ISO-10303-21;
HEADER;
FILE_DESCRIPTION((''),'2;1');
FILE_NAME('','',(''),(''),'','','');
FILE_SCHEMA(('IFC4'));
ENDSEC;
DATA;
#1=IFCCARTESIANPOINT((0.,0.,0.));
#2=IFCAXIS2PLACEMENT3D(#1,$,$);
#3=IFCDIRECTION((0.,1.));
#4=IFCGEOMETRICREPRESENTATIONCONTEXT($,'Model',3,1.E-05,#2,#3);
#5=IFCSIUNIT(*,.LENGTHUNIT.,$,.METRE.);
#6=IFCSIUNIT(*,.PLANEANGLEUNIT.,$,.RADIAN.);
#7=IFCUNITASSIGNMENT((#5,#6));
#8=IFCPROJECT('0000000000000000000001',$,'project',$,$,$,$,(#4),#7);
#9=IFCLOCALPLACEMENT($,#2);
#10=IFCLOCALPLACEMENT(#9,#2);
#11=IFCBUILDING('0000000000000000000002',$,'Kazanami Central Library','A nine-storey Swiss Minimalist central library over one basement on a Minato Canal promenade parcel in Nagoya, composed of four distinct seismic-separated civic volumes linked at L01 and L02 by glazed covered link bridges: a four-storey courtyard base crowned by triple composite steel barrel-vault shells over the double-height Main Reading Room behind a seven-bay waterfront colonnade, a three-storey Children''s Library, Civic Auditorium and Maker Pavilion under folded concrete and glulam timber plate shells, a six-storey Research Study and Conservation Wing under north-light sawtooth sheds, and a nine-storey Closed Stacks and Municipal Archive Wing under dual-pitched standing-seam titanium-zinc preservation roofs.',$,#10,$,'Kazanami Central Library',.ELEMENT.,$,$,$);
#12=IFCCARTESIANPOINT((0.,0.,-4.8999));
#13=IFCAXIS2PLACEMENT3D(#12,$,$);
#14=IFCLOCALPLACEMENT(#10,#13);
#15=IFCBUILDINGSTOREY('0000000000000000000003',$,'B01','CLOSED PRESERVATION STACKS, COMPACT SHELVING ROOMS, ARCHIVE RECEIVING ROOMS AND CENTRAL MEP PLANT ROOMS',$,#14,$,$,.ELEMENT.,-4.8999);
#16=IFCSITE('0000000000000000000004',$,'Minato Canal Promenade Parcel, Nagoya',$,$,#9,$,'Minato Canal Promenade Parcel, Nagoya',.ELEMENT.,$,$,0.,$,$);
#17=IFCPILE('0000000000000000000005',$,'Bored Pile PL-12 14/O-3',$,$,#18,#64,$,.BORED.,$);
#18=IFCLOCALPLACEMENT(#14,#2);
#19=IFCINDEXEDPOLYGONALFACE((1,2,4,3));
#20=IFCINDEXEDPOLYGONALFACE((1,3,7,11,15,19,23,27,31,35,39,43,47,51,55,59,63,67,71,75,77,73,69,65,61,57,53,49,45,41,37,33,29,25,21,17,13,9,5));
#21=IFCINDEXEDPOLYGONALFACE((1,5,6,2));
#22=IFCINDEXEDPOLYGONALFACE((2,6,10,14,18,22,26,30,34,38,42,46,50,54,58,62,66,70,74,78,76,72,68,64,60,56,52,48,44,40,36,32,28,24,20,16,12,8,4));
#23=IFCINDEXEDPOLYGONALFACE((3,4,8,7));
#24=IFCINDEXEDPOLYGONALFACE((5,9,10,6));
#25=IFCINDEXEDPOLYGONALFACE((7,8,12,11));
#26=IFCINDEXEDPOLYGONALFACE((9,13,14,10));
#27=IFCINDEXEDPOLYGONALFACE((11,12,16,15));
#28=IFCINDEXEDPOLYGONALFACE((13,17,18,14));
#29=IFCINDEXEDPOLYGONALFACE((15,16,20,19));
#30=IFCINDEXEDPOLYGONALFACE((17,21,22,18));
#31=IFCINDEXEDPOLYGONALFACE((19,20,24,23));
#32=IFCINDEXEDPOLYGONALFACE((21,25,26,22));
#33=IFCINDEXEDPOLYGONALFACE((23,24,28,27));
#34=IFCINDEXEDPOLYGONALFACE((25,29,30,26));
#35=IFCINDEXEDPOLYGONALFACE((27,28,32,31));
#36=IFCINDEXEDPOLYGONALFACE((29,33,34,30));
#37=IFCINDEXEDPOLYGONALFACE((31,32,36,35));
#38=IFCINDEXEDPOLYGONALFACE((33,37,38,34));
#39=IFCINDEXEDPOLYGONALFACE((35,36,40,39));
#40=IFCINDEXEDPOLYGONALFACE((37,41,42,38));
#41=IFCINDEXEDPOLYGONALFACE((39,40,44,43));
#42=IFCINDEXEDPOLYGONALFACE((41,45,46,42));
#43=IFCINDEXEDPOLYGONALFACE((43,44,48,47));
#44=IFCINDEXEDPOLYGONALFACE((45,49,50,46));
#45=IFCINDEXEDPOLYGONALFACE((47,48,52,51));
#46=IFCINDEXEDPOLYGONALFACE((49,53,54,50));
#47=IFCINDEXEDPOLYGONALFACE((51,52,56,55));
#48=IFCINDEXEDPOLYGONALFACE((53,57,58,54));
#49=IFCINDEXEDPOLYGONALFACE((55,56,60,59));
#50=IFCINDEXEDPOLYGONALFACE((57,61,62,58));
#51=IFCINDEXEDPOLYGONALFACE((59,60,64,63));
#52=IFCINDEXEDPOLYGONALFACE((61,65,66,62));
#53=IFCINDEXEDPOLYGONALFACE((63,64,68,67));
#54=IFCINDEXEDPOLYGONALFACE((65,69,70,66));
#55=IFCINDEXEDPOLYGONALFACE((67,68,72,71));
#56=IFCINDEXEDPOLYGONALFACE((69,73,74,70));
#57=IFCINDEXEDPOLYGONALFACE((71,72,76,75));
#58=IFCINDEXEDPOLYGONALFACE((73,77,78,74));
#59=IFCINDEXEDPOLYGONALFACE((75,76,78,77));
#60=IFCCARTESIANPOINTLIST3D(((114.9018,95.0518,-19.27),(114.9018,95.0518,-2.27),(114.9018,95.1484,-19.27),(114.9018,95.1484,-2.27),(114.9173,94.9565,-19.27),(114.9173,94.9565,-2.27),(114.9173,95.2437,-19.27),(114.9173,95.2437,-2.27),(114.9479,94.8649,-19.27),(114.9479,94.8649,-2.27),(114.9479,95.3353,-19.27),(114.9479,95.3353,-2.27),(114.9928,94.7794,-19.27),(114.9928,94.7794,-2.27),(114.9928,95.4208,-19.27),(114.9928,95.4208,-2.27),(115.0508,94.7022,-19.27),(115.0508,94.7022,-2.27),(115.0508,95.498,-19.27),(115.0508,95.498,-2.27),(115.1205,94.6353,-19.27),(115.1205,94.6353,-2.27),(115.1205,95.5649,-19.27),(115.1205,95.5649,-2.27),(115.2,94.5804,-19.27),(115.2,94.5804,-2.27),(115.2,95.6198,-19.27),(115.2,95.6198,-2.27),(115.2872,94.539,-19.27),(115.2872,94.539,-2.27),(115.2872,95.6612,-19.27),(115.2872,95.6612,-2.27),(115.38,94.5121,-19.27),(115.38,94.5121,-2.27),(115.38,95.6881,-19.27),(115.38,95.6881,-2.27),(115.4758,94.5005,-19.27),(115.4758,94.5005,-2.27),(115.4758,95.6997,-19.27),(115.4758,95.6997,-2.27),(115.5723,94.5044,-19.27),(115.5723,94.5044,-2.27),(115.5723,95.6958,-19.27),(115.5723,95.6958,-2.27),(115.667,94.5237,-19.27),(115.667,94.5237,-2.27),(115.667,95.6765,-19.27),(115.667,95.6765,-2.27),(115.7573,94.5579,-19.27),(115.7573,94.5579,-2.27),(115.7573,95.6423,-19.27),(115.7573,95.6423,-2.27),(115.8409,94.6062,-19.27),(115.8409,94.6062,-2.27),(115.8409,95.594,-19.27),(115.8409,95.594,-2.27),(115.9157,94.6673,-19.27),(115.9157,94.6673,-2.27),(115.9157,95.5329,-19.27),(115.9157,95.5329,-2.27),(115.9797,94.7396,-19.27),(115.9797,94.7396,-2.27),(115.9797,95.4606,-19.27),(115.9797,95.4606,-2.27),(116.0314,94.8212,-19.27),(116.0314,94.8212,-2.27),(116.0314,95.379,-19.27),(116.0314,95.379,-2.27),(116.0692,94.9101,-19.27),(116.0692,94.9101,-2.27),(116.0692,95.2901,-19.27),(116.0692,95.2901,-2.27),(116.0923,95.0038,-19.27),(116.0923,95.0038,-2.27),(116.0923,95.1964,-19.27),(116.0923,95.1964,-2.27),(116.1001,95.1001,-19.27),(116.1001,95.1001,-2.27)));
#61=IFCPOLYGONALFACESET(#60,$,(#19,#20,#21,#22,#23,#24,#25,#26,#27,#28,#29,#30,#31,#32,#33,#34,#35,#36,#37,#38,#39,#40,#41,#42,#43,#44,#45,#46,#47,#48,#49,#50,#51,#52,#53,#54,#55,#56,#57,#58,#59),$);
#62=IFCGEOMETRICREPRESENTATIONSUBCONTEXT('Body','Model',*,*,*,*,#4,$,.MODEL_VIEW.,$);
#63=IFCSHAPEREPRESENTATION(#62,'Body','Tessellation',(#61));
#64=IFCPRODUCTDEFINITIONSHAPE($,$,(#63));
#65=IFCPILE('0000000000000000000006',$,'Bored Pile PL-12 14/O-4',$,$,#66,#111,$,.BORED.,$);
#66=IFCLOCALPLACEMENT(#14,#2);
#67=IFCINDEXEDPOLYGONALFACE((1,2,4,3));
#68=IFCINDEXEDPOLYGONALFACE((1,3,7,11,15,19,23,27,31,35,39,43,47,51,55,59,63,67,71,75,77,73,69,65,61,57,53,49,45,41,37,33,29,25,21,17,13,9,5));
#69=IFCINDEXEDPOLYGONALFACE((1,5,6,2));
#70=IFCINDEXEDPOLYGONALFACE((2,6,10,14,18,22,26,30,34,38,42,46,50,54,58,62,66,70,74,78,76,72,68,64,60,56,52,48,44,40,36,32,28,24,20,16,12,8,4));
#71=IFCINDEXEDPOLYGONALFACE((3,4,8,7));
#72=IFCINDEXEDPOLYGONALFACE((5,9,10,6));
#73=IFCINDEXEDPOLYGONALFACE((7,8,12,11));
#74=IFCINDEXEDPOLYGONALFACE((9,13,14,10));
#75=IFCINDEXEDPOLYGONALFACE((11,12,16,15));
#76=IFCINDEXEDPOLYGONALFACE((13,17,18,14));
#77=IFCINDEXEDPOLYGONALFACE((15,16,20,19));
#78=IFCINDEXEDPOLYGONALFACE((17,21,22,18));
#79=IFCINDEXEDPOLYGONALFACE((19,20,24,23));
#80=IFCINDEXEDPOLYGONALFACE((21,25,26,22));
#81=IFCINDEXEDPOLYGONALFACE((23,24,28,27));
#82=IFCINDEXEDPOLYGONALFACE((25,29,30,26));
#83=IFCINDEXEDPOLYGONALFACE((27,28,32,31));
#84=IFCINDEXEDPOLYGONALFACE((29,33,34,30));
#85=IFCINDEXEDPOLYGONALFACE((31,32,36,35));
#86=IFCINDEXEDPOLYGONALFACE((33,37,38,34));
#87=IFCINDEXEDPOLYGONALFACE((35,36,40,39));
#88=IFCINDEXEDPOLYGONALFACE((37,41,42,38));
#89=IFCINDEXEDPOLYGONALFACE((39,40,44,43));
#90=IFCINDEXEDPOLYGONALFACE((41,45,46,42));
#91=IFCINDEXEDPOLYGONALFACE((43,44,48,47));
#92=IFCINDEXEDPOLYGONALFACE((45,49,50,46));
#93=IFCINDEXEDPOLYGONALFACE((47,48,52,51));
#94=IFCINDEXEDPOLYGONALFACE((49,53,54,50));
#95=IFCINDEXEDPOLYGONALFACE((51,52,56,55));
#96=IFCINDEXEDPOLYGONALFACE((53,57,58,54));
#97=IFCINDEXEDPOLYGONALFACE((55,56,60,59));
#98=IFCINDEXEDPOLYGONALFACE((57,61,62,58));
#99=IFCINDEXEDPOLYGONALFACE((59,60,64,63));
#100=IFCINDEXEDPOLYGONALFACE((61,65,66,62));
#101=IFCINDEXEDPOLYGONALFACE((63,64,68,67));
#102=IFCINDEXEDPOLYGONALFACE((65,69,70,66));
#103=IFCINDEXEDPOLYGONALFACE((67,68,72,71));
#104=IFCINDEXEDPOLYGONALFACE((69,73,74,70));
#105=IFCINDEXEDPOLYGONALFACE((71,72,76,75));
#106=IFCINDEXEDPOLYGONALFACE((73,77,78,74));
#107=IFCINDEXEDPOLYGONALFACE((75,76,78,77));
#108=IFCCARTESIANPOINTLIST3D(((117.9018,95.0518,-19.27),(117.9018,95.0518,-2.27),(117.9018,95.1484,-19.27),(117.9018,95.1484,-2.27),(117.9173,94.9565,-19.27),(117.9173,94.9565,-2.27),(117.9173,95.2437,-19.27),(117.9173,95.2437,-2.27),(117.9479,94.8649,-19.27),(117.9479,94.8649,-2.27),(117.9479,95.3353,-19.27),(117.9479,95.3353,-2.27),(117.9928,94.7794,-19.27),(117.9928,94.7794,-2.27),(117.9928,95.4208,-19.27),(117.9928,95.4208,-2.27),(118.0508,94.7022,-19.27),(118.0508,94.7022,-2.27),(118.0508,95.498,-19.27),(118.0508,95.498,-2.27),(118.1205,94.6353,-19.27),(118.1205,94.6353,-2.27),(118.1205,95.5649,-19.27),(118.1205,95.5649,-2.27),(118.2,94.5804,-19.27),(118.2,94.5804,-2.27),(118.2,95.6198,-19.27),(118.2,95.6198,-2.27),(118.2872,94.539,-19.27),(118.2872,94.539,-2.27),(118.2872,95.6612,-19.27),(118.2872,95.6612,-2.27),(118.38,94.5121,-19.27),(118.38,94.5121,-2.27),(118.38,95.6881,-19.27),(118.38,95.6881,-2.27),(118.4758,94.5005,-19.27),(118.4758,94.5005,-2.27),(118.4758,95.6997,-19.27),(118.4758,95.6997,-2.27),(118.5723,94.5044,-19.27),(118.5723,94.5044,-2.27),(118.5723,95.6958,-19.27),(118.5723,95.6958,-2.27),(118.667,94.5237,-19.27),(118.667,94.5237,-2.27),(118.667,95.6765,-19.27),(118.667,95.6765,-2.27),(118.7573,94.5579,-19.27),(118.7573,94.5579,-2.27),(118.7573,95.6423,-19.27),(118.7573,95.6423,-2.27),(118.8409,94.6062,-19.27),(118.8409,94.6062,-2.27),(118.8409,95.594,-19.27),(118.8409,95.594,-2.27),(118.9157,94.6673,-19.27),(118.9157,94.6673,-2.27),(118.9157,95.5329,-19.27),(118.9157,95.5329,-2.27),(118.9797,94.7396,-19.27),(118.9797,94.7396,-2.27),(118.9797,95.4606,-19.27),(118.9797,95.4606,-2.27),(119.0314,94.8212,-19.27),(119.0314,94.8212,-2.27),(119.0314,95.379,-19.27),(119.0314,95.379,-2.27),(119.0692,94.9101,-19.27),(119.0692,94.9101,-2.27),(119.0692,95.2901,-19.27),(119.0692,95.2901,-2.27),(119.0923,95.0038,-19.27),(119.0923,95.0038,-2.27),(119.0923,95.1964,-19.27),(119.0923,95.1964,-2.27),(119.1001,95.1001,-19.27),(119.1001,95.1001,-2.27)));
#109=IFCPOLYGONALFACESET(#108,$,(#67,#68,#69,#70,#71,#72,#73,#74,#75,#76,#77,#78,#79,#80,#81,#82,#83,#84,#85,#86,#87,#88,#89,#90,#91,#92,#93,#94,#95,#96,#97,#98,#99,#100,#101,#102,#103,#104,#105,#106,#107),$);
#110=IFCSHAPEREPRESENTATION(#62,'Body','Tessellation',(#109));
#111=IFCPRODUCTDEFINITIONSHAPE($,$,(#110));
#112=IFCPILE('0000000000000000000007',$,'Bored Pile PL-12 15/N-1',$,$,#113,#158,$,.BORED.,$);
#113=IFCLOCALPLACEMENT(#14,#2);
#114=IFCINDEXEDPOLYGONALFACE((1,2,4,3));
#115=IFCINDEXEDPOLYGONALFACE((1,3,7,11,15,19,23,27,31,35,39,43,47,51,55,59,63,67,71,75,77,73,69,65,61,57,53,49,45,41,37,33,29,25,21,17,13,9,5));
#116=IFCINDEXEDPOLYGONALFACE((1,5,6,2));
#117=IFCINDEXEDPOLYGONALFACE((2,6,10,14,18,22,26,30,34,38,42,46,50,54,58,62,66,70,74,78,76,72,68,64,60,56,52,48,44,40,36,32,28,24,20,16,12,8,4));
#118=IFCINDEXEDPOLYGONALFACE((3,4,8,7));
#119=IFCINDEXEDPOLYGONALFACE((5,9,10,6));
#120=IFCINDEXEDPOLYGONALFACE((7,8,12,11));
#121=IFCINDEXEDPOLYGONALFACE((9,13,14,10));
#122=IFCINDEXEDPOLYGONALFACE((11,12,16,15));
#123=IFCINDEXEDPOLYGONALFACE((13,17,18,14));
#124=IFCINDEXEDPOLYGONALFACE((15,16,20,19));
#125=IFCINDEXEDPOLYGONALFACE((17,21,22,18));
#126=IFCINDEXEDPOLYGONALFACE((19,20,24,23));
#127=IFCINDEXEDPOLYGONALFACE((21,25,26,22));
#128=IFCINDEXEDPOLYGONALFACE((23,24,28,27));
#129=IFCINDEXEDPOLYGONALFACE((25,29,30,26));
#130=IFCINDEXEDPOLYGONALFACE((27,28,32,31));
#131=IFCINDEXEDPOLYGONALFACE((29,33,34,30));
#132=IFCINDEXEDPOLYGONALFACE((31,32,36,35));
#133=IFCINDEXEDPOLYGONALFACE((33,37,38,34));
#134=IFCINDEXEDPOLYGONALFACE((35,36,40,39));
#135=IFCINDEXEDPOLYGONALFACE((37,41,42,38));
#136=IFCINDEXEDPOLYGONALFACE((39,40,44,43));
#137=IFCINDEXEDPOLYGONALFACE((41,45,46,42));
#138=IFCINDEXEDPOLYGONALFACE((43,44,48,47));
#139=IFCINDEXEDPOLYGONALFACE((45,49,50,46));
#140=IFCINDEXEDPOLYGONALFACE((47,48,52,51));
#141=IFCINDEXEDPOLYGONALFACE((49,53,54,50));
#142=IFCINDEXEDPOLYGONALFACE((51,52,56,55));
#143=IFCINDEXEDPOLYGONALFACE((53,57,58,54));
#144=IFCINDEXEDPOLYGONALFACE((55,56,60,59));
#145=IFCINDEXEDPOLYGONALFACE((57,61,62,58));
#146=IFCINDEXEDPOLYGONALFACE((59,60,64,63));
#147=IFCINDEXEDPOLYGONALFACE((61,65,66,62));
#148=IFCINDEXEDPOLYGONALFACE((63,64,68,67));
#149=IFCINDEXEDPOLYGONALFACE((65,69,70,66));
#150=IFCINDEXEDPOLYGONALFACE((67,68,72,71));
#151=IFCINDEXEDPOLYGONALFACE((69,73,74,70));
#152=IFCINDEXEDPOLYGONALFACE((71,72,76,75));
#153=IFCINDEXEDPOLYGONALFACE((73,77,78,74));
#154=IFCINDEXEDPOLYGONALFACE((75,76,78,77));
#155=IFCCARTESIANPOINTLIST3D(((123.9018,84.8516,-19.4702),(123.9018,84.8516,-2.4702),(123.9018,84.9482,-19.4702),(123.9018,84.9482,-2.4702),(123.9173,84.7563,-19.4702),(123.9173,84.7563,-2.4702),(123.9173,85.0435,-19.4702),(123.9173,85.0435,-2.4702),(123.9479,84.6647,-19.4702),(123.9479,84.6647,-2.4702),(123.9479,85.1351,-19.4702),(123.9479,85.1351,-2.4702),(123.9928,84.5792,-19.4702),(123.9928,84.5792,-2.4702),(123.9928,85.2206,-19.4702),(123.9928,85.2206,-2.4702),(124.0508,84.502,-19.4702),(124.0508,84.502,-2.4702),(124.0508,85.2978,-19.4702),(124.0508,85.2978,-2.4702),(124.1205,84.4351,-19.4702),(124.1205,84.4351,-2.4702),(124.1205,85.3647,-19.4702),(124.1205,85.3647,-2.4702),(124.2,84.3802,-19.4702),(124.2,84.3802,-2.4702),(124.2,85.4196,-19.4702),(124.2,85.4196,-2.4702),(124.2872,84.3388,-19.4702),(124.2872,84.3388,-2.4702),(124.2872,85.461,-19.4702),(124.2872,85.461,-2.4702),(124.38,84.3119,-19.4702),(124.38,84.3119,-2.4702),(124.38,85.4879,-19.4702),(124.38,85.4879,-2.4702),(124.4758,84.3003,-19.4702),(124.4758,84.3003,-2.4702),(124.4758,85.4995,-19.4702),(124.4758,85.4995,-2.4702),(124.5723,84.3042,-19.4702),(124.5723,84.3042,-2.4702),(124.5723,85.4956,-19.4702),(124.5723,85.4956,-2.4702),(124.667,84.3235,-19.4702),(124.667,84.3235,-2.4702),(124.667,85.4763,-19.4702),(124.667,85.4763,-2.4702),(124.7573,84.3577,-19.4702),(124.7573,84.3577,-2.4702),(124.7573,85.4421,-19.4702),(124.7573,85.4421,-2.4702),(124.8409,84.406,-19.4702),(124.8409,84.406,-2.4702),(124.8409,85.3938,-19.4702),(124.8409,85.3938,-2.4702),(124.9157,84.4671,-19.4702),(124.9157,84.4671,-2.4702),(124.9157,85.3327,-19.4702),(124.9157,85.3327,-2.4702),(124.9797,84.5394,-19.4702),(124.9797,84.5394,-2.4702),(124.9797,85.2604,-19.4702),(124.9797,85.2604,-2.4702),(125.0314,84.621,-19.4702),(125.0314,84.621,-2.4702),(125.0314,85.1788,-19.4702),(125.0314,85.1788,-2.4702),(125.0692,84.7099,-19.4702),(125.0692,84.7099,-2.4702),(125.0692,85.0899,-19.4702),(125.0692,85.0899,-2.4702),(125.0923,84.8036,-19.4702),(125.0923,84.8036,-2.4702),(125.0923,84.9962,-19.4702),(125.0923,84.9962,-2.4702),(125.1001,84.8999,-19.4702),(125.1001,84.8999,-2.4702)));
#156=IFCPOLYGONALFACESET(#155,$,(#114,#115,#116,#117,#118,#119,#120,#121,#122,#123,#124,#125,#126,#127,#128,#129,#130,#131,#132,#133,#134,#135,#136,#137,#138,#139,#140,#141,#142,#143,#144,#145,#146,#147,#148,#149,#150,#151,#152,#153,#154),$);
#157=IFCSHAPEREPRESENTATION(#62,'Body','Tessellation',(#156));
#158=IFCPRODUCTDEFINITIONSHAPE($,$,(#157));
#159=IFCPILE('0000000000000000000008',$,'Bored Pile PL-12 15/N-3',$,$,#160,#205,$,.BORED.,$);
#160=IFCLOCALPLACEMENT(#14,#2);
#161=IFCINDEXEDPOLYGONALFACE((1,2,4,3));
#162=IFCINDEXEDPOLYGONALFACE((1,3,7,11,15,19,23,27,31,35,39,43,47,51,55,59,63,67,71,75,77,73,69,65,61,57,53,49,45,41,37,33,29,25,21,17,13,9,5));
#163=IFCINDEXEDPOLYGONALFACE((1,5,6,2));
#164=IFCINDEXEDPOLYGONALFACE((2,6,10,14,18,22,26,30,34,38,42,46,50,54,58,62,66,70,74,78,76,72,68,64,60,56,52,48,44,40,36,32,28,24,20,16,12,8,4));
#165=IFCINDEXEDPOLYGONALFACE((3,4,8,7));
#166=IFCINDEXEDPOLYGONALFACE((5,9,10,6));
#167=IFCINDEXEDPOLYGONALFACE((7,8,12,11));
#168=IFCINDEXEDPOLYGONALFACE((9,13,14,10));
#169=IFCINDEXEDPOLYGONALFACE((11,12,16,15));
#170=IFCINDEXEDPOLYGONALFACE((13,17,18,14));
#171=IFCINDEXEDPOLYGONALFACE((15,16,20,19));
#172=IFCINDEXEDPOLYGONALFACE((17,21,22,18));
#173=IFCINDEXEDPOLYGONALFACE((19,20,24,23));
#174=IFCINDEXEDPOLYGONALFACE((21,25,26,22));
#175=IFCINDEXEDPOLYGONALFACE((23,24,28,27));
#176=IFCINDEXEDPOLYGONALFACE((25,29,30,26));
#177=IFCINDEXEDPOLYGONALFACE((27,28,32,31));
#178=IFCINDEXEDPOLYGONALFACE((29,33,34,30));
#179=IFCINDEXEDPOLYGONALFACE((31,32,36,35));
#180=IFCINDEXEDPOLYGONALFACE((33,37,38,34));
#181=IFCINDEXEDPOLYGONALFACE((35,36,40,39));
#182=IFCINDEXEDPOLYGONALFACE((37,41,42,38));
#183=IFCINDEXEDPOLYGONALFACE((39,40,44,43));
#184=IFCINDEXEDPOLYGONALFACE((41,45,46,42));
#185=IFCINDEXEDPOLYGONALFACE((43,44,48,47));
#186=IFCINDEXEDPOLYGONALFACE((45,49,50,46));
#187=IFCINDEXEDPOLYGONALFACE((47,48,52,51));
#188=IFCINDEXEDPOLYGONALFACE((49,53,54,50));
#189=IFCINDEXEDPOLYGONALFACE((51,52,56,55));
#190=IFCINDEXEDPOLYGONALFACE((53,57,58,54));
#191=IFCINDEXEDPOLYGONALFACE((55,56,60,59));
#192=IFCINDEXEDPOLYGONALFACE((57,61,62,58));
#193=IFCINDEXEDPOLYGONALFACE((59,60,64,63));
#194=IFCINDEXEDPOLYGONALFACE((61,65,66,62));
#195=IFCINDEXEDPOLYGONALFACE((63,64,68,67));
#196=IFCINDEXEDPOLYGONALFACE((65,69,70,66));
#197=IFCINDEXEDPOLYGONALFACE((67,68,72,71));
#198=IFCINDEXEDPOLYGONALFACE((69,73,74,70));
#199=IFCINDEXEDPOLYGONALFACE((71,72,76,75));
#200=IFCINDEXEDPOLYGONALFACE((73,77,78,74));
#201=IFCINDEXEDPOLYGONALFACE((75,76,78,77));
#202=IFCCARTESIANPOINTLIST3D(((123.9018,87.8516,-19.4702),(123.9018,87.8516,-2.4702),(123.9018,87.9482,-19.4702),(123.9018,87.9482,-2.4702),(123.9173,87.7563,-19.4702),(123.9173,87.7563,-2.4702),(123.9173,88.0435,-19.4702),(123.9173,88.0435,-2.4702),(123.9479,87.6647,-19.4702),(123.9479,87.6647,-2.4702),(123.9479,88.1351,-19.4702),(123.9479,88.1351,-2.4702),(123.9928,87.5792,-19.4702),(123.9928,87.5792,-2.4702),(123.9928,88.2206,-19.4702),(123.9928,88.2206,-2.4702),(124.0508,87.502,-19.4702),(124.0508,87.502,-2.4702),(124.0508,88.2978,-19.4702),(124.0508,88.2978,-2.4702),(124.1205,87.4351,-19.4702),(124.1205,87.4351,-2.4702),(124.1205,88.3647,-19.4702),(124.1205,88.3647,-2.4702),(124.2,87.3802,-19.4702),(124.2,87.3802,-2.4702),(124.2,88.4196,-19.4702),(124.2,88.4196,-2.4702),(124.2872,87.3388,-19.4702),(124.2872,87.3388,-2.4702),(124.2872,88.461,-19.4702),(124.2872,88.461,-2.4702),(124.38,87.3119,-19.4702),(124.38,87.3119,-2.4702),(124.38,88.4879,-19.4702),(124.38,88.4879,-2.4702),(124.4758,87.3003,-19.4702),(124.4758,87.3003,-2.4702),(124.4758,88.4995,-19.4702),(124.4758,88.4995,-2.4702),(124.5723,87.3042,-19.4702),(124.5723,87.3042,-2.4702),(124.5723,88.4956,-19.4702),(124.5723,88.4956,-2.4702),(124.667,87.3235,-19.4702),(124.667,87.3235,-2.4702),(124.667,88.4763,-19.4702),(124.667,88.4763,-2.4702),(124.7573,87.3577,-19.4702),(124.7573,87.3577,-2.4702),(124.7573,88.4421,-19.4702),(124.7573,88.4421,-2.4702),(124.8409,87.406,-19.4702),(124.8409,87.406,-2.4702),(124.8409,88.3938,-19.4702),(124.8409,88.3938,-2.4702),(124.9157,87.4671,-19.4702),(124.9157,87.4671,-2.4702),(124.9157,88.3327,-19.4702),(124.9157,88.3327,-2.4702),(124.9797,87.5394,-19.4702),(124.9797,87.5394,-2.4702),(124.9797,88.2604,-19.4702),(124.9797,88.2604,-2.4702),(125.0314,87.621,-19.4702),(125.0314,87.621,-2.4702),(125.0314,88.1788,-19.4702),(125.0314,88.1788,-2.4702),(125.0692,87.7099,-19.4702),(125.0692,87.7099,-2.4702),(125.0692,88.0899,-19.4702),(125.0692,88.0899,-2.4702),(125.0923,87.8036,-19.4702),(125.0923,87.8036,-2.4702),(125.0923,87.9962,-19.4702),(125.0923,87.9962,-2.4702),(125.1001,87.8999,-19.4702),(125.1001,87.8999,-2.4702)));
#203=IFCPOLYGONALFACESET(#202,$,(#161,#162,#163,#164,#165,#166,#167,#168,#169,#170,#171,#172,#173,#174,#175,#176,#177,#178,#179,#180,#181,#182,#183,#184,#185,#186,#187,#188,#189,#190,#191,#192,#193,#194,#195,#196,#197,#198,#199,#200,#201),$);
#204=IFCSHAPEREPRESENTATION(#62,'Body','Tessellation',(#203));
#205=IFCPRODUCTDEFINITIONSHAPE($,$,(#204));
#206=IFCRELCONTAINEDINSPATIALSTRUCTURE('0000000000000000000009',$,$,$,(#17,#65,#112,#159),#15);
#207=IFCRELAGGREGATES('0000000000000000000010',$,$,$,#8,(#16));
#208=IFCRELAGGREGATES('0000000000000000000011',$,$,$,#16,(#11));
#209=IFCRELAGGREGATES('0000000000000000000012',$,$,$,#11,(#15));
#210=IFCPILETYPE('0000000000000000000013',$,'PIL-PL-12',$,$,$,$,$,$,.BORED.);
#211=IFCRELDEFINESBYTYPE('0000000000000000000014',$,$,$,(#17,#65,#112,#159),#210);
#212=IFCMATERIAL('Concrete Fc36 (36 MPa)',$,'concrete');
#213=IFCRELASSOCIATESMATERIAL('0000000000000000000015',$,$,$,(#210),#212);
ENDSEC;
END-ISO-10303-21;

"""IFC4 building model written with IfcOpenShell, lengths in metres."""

from ifc_helpers import new_model, si_unit, direction, frame, origin, origin_2d, place, context, subcontext, project, spatial, circle, extrude, material, material_profile, profile_set, type_object, element, save


model = new_model("IFC4")

# Units and contexts
model_context = context("Model", 3, precision=1e-05, world=origin(), true_north=direction((0.0, 1.0)))
body_context = subcontext(model_context, "Body", "Model", "MODEL_VIEW")
ifc_project = project(units=[si_unit("LENGTHUNIT", "METRE"), si_unit("PLANEANGLEUNIT", "RADIAN")], contexts=[model_context])

# Site, building, storey
site_placement = place(None, origin())
site = spatial("IfcSite", under=ifc_project, at=site_placement, Name="Minato Canal Promenade Parcel, Nagoya", LongName="Minato Canal Promenade Parcel, Nagoya", CompositionType="ELEMENT", RefElevation=0.0)
building_placement = place(site_placement, origin())
building = spatial("IfcBuilding", under=site, at=building_placement, Name="Kazanami Central Library", Description="A nine-storey Swiss Minimalist central library over one basement on a Minato Canal promenade parcel in Nagoya, composed of four distinct seismic-separated civic volumes linked at L01 and L02 by glazed covered link bridges: a four-storey courtyard base crowned by triple composite steel barrel-vault shells over the double-height Main Reading Room behind a seven-bay waterfront colonnade, a three-storey Children's Library, Civic Auditorium and Maker Pavilion under folded concrete and glulam timber plate shells, a six-storey Research Study and Conservation Wing under north-light sawtooth sheds, and a nine-storey Closed Stacks and Municipal Archive Wing under dual-pitched standing-seam titanium-zinc preservation roofs.", LongName="Kazanami Central Library", CompositionType="ELEMENT")
storey_placement = place(building_placement, frame((0.0, 0.0, -4.8999)))
storey = spatial("IfcBuildingStorey", under=building, at=storey_placement, Name="B01", Description="CLOSED PRESERVATION STACKS, COMPACT SHELVING ROOMS, ARCHIVE RECEIVING ROOMS AND CENTRAL MEP PLANT ROOMS", CompositionType="ELEMENT", Elevation=-4.8999)

# Shared definitions
ifc_material_1 = material(Name="Concrete Fc36 (36 MPa)", Category="concrete")

# Piles
ifc_material_profile_1 = material_profile(ifc_material_1, circle(Radius=0.6001, at=origin_2d()), Name="BORED-D1200")
ifc_profile_set_1 = profile_set([ifc_material_profile_1], Name="Concrete Fc36 (36 MPa)")
pile_type = type_object("IfcPileType", Name="PIL-PL-12", PredefinedType="BORED", material=ifc_profile_set_1)
for number, where, z_axis, x_axis, name in (
    (1, (115.5, 95.1001, -2.27), (0.0, 0.0, -1.0), (1.0, 0.0, 0.0), "Bored Pile PL-12 14/O-3"),
    (2, (118.5, 95.1001, -2.27), (0.0, 0.0, -1.0), (1.0, 0.0, 0.0), "Bored Pile PL-12 14/O-4"),
    (3, (124.5, 84.8999, -2.4702), (0.0, 0.0, -1.0), (1.0, 0.0, 0.0), "Bored Pile PL-12 15/N-1"),
    (4, (124.5, 87.8999, -2.4702), (0.0, 0.0, -1.0), (1.0, 0.0, 0.0), "Bored Pile PL-12 15/N-3"),
):
    element("IfcPile", number, at=place(storey_placement, frame(where, z_axis=z_axis, x_axis=x_axis)), inside=storey, type_object=pile_type, Name=name, PredefinedType="BORED", context=body_context, shape_type="SweptSolid", body=[
        extrude(circle(Radius=0.6001, at=origin_2d()), origin(), (0.0, 0.0, 1.0), 17.0),
    ])

save(model, "model.ifc")
